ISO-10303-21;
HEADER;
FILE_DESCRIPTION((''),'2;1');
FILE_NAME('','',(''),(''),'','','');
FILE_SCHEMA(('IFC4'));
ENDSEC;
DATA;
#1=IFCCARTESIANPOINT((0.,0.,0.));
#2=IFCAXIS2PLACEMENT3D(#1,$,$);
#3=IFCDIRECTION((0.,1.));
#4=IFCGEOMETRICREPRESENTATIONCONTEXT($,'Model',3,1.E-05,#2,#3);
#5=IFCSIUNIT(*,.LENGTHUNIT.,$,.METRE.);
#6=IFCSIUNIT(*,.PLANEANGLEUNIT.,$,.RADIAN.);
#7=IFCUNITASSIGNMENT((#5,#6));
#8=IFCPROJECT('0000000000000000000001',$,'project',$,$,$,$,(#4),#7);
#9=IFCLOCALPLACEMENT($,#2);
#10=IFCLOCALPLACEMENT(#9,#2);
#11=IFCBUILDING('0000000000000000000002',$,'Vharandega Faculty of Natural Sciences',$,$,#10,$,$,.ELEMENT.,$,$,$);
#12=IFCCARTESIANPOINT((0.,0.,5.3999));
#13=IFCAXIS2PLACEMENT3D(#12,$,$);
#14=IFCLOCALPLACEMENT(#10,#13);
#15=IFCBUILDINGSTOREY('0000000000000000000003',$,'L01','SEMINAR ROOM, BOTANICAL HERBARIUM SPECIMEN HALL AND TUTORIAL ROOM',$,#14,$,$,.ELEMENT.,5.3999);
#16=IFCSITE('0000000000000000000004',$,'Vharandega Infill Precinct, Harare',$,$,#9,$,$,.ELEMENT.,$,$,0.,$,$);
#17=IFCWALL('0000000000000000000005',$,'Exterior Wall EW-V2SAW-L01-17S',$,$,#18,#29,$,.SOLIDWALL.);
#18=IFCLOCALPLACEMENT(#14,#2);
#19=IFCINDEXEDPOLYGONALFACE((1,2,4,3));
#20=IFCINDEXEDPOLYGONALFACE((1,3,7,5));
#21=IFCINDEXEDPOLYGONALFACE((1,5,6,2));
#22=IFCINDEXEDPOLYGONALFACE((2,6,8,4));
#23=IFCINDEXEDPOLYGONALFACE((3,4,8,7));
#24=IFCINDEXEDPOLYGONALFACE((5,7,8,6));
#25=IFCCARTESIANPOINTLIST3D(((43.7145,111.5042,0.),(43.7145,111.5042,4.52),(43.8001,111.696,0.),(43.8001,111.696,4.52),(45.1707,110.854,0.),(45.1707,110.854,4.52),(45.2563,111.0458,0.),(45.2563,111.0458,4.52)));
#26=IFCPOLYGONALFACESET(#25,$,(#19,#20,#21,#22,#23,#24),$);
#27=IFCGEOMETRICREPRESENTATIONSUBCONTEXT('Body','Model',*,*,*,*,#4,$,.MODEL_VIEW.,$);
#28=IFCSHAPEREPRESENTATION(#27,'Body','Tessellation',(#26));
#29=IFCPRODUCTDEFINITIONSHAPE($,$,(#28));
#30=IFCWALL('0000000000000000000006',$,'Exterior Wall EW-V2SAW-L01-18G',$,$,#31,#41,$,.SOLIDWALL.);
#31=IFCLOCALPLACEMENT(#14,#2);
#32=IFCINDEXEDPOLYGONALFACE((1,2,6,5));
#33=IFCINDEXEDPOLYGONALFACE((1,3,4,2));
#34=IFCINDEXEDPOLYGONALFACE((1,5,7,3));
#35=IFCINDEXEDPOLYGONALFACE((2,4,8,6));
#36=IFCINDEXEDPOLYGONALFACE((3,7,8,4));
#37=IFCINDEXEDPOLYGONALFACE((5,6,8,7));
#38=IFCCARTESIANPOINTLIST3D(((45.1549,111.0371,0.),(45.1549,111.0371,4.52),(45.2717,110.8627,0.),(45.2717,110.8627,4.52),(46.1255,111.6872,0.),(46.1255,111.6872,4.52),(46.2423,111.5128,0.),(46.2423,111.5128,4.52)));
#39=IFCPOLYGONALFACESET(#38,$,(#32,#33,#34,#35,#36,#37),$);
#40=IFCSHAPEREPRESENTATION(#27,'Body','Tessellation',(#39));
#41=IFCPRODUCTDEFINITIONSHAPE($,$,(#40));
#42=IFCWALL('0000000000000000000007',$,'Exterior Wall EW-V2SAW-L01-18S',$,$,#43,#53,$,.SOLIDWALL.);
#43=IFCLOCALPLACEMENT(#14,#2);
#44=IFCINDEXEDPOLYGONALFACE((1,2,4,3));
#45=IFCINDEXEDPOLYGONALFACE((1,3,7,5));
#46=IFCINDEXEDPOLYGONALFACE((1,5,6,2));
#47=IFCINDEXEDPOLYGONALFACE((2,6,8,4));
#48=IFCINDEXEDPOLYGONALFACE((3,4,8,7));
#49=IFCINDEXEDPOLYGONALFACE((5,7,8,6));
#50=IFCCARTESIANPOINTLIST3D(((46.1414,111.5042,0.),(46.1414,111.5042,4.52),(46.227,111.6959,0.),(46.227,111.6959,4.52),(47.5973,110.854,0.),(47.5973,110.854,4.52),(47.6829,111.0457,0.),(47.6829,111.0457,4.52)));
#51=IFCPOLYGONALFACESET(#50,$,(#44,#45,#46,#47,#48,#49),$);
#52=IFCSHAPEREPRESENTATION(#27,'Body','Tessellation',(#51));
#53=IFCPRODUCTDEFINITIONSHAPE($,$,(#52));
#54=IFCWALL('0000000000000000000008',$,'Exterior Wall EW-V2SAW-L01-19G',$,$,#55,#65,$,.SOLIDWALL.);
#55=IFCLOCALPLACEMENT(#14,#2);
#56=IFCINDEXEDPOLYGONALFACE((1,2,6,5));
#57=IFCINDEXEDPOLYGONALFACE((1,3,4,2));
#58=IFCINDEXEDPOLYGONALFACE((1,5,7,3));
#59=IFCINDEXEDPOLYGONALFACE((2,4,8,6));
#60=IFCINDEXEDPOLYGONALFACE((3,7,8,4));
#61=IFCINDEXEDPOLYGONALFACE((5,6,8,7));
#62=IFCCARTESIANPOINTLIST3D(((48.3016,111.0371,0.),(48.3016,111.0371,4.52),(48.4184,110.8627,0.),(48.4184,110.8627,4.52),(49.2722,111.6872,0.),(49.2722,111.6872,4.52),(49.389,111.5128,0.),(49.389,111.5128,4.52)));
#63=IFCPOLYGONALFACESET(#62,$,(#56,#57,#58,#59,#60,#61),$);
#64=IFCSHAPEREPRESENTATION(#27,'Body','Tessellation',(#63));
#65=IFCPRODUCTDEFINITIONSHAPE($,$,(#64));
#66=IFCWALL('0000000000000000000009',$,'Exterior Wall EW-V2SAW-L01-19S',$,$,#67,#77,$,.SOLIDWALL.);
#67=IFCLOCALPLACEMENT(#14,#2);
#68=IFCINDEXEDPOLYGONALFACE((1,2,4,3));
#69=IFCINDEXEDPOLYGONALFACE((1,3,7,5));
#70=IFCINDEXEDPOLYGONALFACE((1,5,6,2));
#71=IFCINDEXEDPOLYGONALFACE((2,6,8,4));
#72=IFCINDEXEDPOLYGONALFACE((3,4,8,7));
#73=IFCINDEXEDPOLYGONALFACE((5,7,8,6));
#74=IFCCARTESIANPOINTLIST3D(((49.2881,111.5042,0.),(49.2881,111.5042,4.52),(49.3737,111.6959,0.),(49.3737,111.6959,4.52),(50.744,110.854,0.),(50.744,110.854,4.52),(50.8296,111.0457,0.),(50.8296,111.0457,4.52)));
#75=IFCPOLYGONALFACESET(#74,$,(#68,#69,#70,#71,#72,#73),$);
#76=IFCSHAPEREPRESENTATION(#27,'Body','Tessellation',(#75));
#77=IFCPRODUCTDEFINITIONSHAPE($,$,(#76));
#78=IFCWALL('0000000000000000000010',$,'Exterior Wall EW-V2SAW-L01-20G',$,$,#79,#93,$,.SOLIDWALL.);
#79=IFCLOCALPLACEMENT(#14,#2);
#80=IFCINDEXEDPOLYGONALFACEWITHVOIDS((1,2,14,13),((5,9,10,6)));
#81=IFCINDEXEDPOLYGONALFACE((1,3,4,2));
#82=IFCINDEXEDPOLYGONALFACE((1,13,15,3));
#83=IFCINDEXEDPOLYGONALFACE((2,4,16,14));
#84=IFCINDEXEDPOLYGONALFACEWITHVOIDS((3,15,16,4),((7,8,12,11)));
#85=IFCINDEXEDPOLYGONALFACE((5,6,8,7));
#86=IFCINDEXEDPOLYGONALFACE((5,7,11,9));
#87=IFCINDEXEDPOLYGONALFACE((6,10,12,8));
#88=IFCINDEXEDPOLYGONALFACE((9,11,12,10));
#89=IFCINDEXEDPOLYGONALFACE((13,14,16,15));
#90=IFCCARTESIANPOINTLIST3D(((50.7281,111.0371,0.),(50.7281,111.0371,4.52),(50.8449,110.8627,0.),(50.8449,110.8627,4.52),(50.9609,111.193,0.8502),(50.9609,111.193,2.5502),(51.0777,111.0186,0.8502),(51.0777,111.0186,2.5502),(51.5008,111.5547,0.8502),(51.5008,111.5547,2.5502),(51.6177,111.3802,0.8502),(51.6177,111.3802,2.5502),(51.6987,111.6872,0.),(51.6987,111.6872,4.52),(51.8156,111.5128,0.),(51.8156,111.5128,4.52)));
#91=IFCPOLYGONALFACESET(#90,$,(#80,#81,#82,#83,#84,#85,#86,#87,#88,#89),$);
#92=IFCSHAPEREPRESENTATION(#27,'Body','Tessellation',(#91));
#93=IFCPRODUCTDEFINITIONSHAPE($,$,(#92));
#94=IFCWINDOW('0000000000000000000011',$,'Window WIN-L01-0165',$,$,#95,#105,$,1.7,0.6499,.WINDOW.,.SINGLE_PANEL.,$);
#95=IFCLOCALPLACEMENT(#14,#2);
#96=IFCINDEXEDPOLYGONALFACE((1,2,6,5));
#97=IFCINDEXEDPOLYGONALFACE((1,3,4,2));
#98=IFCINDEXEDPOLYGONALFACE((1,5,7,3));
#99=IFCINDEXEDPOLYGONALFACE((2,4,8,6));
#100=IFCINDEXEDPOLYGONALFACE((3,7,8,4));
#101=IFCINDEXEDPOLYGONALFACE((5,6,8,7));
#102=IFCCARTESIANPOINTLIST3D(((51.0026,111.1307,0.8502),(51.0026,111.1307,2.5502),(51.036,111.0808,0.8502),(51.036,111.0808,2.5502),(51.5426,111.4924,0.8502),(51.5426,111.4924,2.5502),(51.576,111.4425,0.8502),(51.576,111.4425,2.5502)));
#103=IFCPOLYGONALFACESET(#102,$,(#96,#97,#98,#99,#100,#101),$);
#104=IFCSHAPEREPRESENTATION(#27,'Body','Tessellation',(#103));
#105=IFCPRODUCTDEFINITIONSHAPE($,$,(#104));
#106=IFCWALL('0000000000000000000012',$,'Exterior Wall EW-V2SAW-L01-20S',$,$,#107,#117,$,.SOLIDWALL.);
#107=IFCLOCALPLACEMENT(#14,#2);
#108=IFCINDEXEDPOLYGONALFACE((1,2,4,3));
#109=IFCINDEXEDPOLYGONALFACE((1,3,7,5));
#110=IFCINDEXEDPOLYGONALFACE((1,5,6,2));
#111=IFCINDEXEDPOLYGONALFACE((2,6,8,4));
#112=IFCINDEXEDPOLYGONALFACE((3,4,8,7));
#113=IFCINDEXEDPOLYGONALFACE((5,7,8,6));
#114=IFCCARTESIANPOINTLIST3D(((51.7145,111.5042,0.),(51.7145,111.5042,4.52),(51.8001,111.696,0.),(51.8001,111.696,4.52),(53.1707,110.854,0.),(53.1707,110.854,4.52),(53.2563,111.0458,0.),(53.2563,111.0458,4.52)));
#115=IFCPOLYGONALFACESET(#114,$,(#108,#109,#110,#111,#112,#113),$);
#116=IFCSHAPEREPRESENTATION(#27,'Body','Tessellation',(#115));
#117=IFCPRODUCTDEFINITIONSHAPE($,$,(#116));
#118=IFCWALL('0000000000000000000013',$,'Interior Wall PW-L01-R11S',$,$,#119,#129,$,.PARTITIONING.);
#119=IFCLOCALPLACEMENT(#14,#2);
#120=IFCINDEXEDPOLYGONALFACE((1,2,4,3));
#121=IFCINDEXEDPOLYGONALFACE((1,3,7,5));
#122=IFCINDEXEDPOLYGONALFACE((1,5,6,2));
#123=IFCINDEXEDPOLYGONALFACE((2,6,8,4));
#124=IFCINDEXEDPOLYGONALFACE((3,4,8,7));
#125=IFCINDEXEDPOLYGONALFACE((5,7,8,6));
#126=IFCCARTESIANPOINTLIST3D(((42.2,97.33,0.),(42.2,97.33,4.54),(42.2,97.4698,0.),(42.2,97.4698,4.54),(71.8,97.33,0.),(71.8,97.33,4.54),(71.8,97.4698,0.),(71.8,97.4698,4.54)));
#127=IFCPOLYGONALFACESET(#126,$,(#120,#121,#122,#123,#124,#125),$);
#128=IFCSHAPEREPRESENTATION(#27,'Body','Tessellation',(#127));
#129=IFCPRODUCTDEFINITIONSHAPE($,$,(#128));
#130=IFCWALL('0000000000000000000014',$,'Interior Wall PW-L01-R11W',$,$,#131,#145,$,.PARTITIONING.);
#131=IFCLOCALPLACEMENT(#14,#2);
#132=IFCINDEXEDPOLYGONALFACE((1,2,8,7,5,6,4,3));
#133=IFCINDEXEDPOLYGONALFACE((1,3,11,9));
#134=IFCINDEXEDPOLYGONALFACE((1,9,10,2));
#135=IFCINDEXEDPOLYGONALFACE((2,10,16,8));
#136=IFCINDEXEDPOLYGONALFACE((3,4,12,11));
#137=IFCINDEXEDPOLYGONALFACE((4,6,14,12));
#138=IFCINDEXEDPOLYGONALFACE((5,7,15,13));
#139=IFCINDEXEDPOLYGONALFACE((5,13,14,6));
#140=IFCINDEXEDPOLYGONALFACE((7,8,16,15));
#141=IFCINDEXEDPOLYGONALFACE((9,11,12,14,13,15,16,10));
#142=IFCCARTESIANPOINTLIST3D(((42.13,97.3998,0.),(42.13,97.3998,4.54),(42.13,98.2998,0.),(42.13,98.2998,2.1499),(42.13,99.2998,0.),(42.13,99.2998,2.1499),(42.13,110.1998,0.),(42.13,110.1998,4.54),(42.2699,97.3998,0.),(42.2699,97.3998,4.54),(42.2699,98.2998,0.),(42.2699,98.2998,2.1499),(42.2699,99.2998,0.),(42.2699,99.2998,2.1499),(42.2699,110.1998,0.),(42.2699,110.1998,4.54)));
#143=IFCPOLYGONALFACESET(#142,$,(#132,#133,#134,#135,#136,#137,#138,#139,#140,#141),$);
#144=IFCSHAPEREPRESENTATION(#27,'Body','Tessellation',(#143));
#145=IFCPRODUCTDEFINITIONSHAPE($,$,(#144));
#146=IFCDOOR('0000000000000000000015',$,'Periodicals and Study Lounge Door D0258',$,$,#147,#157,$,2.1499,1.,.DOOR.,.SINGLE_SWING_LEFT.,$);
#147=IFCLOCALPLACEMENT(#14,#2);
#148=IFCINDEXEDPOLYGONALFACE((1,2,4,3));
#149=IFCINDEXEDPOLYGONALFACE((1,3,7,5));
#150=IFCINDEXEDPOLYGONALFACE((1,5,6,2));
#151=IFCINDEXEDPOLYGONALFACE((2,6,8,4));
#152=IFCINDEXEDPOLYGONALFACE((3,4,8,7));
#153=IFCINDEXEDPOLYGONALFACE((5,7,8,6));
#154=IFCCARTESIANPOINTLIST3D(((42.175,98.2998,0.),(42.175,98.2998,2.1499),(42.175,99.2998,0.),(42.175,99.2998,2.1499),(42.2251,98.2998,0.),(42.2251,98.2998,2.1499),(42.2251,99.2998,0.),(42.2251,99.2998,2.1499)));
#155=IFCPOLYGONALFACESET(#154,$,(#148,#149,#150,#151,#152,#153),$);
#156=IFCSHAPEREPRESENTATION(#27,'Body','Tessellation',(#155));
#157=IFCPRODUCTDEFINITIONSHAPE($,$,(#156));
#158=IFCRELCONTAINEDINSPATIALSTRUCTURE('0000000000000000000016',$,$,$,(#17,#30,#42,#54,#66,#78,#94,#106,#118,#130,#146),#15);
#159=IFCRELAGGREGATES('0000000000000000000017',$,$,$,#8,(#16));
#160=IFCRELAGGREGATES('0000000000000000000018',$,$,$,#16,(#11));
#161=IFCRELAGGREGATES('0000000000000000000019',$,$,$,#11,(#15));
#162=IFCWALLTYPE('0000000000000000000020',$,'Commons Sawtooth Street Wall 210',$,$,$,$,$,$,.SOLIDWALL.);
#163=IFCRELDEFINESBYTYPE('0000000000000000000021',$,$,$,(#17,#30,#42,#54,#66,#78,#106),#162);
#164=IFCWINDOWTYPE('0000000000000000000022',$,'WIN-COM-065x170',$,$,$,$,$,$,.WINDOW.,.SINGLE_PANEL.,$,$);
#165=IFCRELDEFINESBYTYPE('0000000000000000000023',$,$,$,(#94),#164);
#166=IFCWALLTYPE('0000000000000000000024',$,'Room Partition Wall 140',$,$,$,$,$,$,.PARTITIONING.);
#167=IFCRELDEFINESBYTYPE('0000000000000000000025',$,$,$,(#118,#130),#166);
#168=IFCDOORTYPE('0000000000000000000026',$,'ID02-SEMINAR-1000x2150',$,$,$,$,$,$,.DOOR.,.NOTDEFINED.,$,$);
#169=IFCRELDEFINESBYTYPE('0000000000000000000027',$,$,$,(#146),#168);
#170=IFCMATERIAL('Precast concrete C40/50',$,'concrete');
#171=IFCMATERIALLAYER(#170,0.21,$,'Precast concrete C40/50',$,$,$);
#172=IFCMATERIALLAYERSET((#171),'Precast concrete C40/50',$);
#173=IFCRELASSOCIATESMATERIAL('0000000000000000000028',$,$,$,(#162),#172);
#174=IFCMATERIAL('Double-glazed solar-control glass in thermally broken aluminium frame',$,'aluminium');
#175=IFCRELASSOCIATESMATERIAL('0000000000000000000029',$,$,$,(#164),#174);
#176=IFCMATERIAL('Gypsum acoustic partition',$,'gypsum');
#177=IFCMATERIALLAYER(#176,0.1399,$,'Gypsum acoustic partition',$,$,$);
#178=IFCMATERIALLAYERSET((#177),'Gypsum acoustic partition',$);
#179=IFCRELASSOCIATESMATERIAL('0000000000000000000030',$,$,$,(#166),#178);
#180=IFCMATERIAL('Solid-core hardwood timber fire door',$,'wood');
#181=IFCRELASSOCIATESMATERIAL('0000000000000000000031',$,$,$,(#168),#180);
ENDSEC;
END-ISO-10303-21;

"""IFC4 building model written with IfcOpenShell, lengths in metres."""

from ifc_helpers import new_model, si_unit, direction, frame, frame_2d, origin, place, context, subcontext, project, spatial, rectangle, extrude, material, layer, layer_set, type_object, element, fill, save


model = new_model("IFC4")

# Units and contexts
model_context = context("Model", 3, precision=1e-05, world=origin(), true_north=direction((0.0, 1.0)))
body_context = subcontext(model_context, "Body", "Model", "MODEL_VIEW")
ifc_project = project(units=[si_unit("LENGTHUNIT", "METRE"), si_unit("PLANEANGLEUNIT", "RADIAN")], contexts=[model_context])

# Site, building, storey
site_placement = place(None, origin())
site = spatial("IfcSite", under=ifc_project, at=site_placement, Name="Vharandega Infill Precinct, Harare", CompositionType="ELEMENT", RefElevation=0.0)
building_placement = place(site_placement, origin())
building = spatial("IfcBuilding", under=site, at=building_placement, Name="Vharandega Faculty of Natural Sciences", CompositionType="ELEMENT")
storey_placement = place(building_placement, frame((0.0, 0.0, 5.3999)))
storey = spatial("IfcBuildingStorey", under=building, at=storey_placement, Name="L01", Description="SEMINAR ROOM, BOTANICAL HERBARIUM SPECIMEN HALL AND TUTORIAL ROOM", CompositionType="ELEMENT", Elevation=5.3999)

# Shared definitions
ifc_material_1 = material(Name="Precast concrete C40/50", Category="concrete")
ifc_layer_1 = layer(ifc_material_1, 0.21, Name="Precast concrete C40/50")
ifc_layer_set_1 = layer_set([ifc_layer_1], Name="Precast concrete C40/50")
wall_type_1 = type_object("IfcWallType", Name="Commons Sawtooth Street Wall 210", PredefinedType="SOLIDWALL", material=ifc_layer_set_1)

# Shared definitions
ifc_material_2 = material(Name="Double-glazed solar-control glass in thermally broken aluminium frame", Category="aluminium")
window_type = type_object("IfcWindowType", Name="WIN-COM-065x170", PartitioningType="SINGLE_PANEL", PredefinedType="WINDOW", material=ifc_material_2)

# Walls
wall_1_placement = place(storey_placement, frame((43.7573, 111.6001, 0.0), z_axis=(0.0, 0.0, 1.0), x_axis=(0.913109, -0.407715, 0.0)))
element("IfcWall", 1, at=wall_1_placement, inside=storey, type_object=wall_type_1, Name="Exterior Wall EW-V2SAW-L01-17S", PredefinedType="SOLIDWALL", context=body_context, shape_type="SweptSolid", body=[
    extrude(rectangle(XDim=1.5947, YDim=0.21, at=frame_2d((0.7974, 0.0))), origin(), (0.0, 0.0, 1.0), 4.52),
])
wall_2_placement = place(storey_placement, frame((45.2134, 110.95, 0.0), z_axis=(0.0, 0.0, 1.0), x_axis=(0.830859, 0.556483, 0.0)))
element("IfcWall", 2, at=wall_2_placement, inside=storey, type_object=wall_type_1, Name="Exterior Wall EW-V2SAW-L01-18G", PredefinedType="SOLIDWALL", context=body_context, shape_type="SweptSolid", body=[
    extrude(rectangle(XDim=1.1682, YDim=0.21, at=frame_2d((0.584, 0.0))), origin(), (0.0, 0.0, 1.0), 4.52),
])
wall_3_placement = place(storey_placement, frame((46.1841, 111.6001, 0.0), z_axis=(0.0, 0.0, 1.0), x_axis=(0.913084, -0.407772, 0.0)))
element("IfcWall", 3, at=wall_3_placement, inside=storey, type_object=wall_type_1, Name="Exterior Wall EW-V2SAW-L01-18S", PredefinedType="SOLIDWALL", context=body_context, shape_type="SweptSolid", body=[
    extrude(rectangle(XDim=1.5945, YDim=0.21, at=frame_2d((0.7974, 0.0))), origin(), (0.0, 0.0, 1.0), 4.52),
])
wall_4_placement = place(storey_placement, frame((48.3601, 110.95, 0.0), z_axis=(0.0, 0.0, 1.0), x_axis=(0.830859, 0.556483, 0.0)))
element("IfcWall", 4, at=wall_4_placement, inside=storey, type_object=wall_type_1, Name="Exterior Wall EW-V2SAW-L01-19G", PredefinedType="SOLIDWALL", context=body_context, shape_type="SweptSolid", body=[
    extrude(rectangle(XDim=1.1682, YDim=0.21, at=frame_2d((0.584, 0.0))), origin(), (0.0, 0.0, 1.0), 4.52),
])
wall_5_placement = place(storey_placement, frame((49.3308, 111.6001, 0.0), z_axis=(0.0, 0.0, 1.0), x_axis=(0.913084, -0.407772, 0.0)))
element("IfcWall", 5, at=wall_5_placement, inside=storey, type_object=wall_type_1, Name="Exterior Wall EW-V2SAW-L01-19S", PredefinedType="SOLIDWALL", context=body_context, shape_type="SweptSolid", body=[
    extrude(rectangle(XDim=1.5945, YDim=0.21, at=frame_2d((0.7974, 0.0))), origin(), (0.0, 0.0, 1.0), 4.52),
])

# Wall, opening, window
wall_6_placement = place(storey_placement, frame((50.7866, 110.95, 0.0), z_axis=(0.0, 0.0, 1.0), x_axis=(0.830859, 0.556483, 0.0)))
wall_6 = element("IfcWall", 6, at=wall_6_placement, inside=storey, type_object=wall_type_1, Name="Exterior Wall EW-V2SAW-L01-20G", PredefinedType="SOLIDWALL", context=body_context, shape_type="SweptSolid", body=[
    extrude(rectangle(XDim=1.1682, YDim=0.21, at=frame_2d((0.584, 0.0))), origin(), (0.0, 0.0, 1.0), 4.52),
])
opening_1_placement = place(wall_6_placement, frame((0.28, 0.0, 0.8501)))
opening_1 = element("IfcOpeningElement", 7, at=opening_1_placement, cuts=wall_6, PredefinedType="OPENING", context=body_context, shape_type="SweptSolid", body=[
    extrude(rectangle(XDim=0.6499, YDim=1.7, at=frame_2d((0.325, 0.8501))), frame((0.0, 0.115, 0.0), z_axis=(0.0, -1.0, 0.0), x_axis=(1.0, 0.0, 0.0)), (0.0, 0.0, 1.0), 0.23),
])
window_1_placement = place(opening_1_placement, origin())
window_1 = element("IfcWindow", 8, at=window_1_placement, inside=storey, type_object=window_type, Name="Window WIN-L01-0165", OverallHeight=1.7, OverallWidth=0.6499, PartitioningType="SINGLE_PANEL", PredefinedType="WINDOW", context=body_context, shape_type="SweptSolid", body=[
    extrude(rectangle(XDim=0.6499, YDim=1.7, at=frame_2d((0.325, 0.8501))), frame((0.0, 0.03, 0.0), z_axis=(0.0, -1.0, 0.0), x_axis=(1.0, 0.0, 0.0)), (0.0, 0.0, 1.0), 0.0601),
])
fill(opening_1, window_1)

# Walls
wall_7_placement = place(storey_placement, frame((51.7573, 111.6001, 0.0), z_axis=(0.0, 0.0, 1.0), x_axis=(0.913109, -0.407715, 0.0)))
element("IfcWall", 9, at=wall_7_placement, inside=storey, type_object=wall_type_1, Name="Exterior Wall EW-V2SAW-L01-20S", PredefinedType="SOLIDWALL", context=body_context, shape_type="SweptSolid", body=[
    extrude(rectangle(XDim=1.5947, YDim=0.21, at=frame_2d((0.7974, 0.0))), origin(), (0.0, 0.0, 1.0), 4.52),
])
ifc_material_3 = material(Name="Gypsum acoustic partition", Category="gypsum")
ifc_layer_2 = layer(ifc_material_3, 0.1399, Name="Gypsum acoustic partition")
ifc_layer_set_2 = layer_set([ifc_layer_2], Name="Gypsum acoustic partition")
wall_type_2 = type_object("IfcWallType", Name="Room Partition Wall 140", PredefinedType="PARTITIONING", material=ifc_layer_set_2)
wall_8_placement = place(storey_placement, frame((42.2, 97.3999, 0.0), z_axis=(0.0, 0.0, 1.0), x_axis=(1.0, 0.0, 0.0)))
element("IfcWall", 10, at=wall_8_placement, inside=storey, type_object=wall_type_2, Name="Interior Wall PW-L01-R11S", PredefinedType="PARTITIONING", context=body_context, shape_type="SweptSolid", body=[
    extrude(rectangle(XDim=29.6001, YDim=0.1399, at=frame_2d((14.8, 0.0))), origin(), (0.0, 0.0, 1.0), 4.54),
])

# Wall, opening, door
wall_9_placement = place(storey_placement, frame((42.2, 97.3999, 0.0), z_axis=(0.0, 0.0, 1.0), x_axis=(0.0, 1.0, 0.0)))
wall_9 = element("IfcWall", 11, at=wall_9_placement, inside=storey, type_object=wall_type_2, Name="Interior Wall PW-L01-R11W", PredefinedType="PARTITIONING", context=body_context, shape_type="SweptSolid", body=[
    extrude(rectangle(XDim=12.8, YDim=0.1399, at=frame_2d((6.3999, 0.0))), origin(), (0.0, 0.0, 1.0), 4.54),
])
opening_2_placement = place(wall_9_placement, frame((0.8999, 0.0, 0.0)))
opening_2 = element("IfcOpeningElement", 12, at=opening_2_placement, cuts=wall_9, PredefinedType="OPENING", context=body_context, shape_type="SweptSolid", body=[
    extrude(rectangle(XDim=1.0, YDim=2.1499, at=frame_2d((0.5, 1.075))), frame((0.0, 0.0801, 0.0), z_axis=(0.0, -1.0, 0.0), x_axis=(1.0, 0.0, 0.0)), (0.0, 0.0, 1.0), 0.1599),
])
ifc_material_4 = material(Name="Solid-core hardwood timber fire door", Category="wood")
door_type = type_object("IfcDoorType", Name="ID02-SEMINAR-1000x2150", OperationType="NOTDEFINED", PredefinedType="DOOR", material=ifc_material_4)
door_placement = place(opening_2_placement, origin())
door = element("IfcDoor", 13, at=door_placement, inside=storey, type_object=door_type, Name="Periodicals and Study Lounge Door D0258", OperationType="SINGLE_SWING_LEFT", OverallHeight=2.1499, OverallWidth=1.0, PredefinedType="DOOR", context=body_context, shape_type="SweptSolid", body=[
    extrude(rectangle(XDim=1.0, YDim=2.1499, at=frame_2d((0.5, 1.075))), frame((0.0, 0.0249, 0.0), z_axis=(0.0, -1.0, 0.0), x_axis=(1.0, 0.0, 0.0)), (0.0, 0.0, 1.0), 0.05),
])
fill(opening_2, door)

save(model, "model.ifc")
